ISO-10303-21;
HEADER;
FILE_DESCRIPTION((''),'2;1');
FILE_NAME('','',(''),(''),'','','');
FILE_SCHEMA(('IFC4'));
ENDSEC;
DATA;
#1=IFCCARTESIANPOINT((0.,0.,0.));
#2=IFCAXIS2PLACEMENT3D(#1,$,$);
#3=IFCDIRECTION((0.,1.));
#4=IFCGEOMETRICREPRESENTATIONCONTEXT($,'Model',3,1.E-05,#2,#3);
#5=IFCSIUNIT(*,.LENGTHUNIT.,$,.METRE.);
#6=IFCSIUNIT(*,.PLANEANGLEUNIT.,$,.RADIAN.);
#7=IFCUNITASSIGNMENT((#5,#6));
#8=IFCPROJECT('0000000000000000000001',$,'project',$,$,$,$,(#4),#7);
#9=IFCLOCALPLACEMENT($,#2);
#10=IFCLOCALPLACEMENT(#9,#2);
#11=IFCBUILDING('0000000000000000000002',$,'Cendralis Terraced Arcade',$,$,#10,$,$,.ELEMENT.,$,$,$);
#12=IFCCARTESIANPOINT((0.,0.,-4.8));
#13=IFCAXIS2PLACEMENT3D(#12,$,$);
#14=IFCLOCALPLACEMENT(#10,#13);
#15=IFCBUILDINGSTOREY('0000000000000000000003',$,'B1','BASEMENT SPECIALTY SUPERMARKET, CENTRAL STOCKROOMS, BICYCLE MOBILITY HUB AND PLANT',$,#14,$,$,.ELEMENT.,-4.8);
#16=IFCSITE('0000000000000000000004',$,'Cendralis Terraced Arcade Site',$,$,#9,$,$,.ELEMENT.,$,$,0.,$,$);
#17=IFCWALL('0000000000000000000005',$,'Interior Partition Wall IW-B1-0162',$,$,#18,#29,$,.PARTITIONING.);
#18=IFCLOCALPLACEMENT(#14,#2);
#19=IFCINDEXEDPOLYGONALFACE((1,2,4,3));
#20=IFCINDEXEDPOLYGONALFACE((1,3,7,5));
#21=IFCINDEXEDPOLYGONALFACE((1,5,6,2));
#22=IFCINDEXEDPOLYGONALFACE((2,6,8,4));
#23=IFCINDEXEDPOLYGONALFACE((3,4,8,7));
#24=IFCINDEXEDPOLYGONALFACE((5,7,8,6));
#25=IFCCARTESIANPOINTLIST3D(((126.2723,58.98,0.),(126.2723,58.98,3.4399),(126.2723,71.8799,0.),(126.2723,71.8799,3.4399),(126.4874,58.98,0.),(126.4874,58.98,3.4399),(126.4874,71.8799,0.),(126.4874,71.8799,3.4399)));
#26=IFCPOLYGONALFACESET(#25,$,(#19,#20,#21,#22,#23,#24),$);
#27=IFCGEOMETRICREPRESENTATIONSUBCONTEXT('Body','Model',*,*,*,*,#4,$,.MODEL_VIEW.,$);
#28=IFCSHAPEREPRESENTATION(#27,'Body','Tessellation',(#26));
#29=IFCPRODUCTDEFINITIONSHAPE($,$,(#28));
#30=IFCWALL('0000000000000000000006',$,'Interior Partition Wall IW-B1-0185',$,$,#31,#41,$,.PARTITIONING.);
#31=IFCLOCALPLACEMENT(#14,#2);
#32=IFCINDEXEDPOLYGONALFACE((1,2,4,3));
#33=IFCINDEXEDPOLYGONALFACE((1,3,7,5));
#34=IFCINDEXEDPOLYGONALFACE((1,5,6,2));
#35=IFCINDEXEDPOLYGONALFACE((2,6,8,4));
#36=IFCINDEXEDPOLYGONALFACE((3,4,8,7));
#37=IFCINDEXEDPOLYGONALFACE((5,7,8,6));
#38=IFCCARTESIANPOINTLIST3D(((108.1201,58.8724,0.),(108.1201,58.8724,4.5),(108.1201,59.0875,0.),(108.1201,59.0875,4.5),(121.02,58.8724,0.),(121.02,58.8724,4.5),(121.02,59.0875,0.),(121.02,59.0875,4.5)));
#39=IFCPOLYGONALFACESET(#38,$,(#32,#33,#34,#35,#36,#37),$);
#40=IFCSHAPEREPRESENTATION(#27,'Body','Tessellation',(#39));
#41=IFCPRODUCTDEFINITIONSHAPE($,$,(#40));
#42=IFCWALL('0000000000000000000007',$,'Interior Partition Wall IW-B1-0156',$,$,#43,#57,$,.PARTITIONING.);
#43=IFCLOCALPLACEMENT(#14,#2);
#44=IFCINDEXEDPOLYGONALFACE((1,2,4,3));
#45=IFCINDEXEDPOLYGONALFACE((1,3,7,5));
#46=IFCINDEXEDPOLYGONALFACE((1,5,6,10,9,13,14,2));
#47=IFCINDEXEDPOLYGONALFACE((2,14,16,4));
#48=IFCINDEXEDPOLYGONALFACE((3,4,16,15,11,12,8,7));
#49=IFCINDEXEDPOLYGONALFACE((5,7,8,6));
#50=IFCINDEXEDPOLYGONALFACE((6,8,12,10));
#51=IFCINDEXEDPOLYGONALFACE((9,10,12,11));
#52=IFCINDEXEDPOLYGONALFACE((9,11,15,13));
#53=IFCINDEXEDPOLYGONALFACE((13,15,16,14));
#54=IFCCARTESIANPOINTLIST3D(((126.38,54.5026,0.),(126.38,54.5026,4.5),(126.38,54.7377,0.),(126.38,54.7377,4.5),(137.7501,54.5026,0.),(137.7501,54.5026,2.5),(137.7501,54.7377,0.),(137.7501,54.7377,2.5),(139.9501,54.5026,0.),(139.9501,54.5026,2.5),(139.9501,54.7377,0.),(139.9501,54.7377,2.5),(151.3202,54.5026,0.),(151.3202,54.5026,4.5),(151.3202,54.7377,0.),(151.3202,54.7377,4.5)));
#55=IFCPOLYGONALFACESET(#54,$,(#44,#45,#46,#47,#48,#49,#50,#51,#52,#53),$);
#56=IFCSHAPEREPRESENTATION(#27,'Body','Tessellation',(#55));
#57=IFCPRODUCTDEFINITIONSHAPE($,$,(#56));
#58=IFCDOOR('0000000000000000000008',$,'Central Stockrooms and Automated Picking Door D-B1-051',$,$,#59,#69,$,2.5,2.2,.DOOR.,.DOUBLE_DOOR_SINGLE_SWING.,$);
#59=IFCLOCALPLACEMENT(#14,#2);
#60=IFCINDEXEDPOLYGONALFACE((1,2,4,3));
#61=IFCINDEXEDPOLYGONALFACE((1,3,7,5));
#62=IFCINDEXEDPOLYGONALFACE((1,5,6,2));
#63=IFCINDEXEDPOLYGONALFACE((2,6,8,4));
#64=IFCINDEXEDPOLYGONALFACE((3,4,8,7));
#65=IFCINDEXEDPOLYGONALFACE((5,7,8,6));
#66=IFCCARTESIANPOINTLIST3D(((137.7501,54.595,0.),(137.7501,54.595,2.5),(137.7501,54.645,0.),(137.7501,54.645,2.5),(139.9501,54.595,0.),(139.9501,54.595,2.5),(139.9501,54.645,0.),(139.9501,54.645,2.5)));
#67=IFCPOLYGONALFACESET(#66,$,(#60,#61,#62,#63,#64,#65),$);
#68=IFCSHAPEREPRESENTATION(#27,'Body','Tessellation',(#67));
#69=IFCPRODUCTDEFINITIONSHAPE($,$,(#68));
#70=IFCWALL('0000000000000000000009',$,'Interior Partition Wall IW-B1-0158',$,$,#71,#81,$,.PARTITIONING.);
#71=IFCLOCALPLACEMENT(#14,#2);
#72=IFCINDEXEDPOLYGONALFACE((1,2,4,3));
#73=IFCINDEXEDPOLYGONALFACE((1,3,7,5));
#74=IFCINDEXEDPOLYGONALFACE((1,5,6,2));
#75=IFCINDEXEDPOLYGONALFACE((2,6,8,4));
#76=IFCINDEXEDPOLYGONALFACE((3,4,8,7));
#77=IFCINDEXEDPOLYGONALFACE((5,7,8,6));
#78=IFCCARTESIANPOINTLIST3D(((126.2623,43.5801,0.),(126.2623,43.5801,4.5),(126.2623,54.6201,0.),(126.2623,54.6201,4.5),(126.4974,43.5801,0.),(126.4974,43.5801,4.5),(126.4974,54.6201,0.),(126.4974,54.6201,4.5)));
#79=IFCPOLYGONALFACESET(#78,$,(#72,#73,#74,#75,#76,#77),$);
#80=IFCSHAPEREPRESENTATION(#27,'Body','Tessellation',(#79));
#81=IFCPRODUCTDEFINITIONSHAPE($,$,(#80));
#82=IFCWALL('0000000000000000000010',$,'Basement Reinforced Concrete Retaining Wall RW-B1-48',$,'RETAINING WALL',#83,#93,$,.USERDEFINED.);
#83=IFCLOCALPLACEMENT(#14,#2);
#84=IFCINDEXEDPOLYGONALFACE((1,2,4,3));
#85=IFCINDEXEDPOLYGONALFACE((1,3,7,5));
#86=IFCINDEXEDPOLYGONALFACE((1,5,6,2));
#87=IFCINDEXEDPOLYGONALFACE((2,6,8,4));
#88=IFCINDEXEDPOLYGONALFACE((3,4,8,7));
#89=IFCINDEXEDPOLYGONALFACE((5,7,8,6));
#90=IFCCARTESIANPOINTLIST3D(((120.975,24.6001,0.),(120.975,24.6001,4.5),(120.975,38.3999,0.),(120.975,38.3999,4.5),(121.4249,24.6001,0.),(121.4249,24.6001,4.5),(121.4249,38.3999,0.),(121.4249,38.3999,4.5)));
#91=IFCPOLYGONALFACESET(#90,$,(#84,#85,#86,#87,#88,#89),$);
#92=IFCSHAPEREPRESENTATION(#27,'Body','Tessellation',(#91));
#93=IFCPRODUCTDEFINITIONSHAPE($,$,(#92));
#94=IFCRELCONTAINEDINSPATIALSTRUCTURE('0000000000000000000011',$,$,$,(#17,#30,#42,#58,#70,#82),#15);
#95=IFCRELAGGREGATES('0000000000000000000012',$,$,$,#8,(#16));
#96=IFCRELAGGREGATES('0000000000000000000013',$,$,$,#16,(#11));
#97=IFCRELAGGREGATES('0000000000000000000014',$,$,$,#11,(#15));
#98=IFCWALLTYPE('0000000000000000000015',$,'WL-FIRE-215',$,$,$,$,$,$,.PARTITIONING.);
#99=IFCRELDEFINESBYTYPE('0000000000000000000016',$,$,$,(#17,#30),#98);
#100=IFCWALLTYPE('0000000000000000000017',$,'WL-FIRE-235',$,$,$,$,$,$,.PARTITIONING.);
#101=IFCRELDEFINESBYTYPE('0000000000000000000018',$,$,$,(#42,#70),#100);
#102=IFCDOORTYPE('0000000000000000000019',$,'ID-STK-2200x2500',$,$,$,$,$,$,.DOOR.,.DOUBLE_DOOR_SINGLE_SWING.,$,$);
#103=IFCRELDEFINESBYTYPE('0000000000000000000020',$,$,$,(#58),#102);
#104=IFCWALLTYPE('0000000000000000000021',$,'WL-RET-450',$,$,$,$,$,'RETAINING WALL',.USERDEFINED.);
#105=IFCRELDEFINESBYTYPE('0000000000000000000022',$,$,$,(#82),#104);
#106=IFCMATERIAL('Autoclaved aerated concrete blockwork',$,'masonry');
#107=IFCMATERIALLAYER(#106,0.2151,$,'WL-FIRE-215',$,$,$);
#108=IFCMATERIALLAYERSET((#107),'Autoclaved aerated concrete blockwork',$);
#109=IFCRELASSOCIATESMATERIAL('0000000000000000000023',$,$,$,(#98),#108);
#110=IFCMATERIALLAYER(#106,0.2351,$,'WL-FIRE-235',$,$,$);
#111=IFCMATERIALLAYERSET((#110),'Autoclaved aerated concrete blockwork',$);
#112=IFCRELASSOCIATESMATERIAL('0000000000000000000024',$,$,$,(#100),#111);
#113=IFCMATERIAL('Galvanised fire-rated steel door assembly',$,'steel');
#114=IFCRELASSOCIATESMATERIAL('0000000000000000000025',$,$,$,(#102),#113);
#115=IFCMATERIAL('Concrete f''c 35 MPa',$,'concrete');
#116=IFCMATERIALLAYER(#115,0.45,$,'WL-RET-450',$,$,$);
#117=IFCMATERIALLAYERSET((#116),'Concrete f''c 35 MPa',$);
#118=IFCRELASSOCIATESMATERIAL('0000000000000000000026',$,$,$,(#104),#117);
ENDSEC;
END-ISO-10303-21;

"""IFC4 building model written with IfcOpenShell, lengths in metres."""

from ifc_helpers import new_model, si_unit, direction, frame, frame_2d, origin, place, context, subcontext, project, spatial, rectangle, extrude, material, layer, layer_set, type_object, element, fill, save


model = new_model("IFC4")

# Units and contexts
model_context = context("Model", 3, precision=1e-05, world=origin(), true_north=direction((0.0, 1.0)))
body_context = subcontext(model_context, "Body", "Model", "MODEL_VIEW")
ifc_project = project(units=[si_unit("LENGTHUNIT", "METRE"), si_unit("PLANEANGLEUNIT", "RADIAN")], contexts=[model_context])

# Site, building, storey
site_placement = place(None, origin())
site = spatial("IfcSite", under=ifc_project, at=site_placement, Name="Cendralis Terraced Arcade Site", CompositionType="ELEMENT", RefElevation=0.0)
building_placement = place(site_placement, origin())
building = spatial("IfcBuilding", under=site, at=building_placement, Name="Cendralis Terraced Arcade", CompositionType="ELEMENT")
storey_placement = place(building_placement, frame((0.0, 0.0, -4.8)))
storey = spatial("IfcBuildingStorey", under=building, at=storey_placement, Name="B1", Description="BASEMENT SPECIALTY SUPERMARKET, CENTRAL STOCKROOMS, BICYCLE MOBILITY HUB AND PLANT", CompositionType="ELEMENT", Elevation=-4.8)

# Shared definitions
ifc_material_1 = material(Name="Concrete f'c 35 MPa", Category="concrete")

# Walls
ifc_material_2 = material(Name="Autoclaved aerated concrete blockwork", Category="masonry")
ifc_layer_1 = layer(ifc_material_2, 0.2151, Name="WL-FIRE-215")
ifc_layer_set_1 = layer_set([ifc_layer_1], Name="Autoclaved aerated concrete blockwork")
wall_type_1 = type_object("IfcWallType", Name="WL-FIRE-215", PredefinedType="PARTITIONING", material=ifc_layer_set_1)
wall_1_placement = place(storey_placement, frame((126.3799, 58.98, 0.0), z_axis=(0.0, 0.0, 1.0), x_axis=(0.0, 1.0, 0.0)))
element("IfcWall", 1, at=wall_1_placement, inside=storey, type_object=wall_type_1, Name="Interior Partition Wall IW-B1-0162", PredefinedType="PARTITIONING", context=body_context, shape_type="SweptSolid", body=[
    extrude(rectangle(XDim=12.8999, YDim=0.2151, at=frame_2d((6.45, 0.0))), origin(), (0.0, 0.0, 1.0), 3.4399),
])
wall_2_placement = place(storey_placement, frame((121.02, 58.98, 0.0), z_axis=(0.0, 0.0, 1.0), x_axis=(-1.0, 0.0, 0.0)))
element("IfcWall", 2, at=wall_2_placement, inside=storey, type_object=wall_type_1, Name="Interior Partition Wall IW-B1-0185", PredefinedType="PARTITIONING", context=body_context, shape_type="SweptSolid", body=[
    extrude(rectangle(XDim=12.8999, YDim=0.2151, at=frame_2d((6.45, 0.0))), origin(), (0.0, 0.0, 1.0), 4.5),
])

# Wall, opening, door
ifc_layer_2 = layer(ifc_material_2, 0.2351, Name="WL-FIRE-235")
ifc_layer_set_2 = layer_set([ifc_layer_2], Name="Autoclaved aerated concrete blockwork")
wall_type_2 = type_object("IfcWallType", Name="WL-FIRE-235", PredefinedType="PARTITIONING", material=ifc_layer_set_2)
wall_3_placement = place(storey_placement, frame((126.3799, 54.6201, 0.0), z_axis=(0.0, 0.0, 1.0), x_axis=(1.0, 0.0, 0.0)))
wall_3 = element("IfcWall", 3, at=wall_3_placement, inside=storey, type_object=wall_type_2, Name="Interior Partition Wall IW-B1-0156", PredefinedType="PARTITIONING", context=body_context, shape_type="SweptSolid", body=[
    extrude(rectangle(XDim=24.9402, YDim=0.2351, at=frame_2d((12.4702, 0.0))), origin(), (0.0, 0.0, 1.0), 4.5),
])
opening_placement = place(wall_3_placement, frame((11.3701, 0.0, 0.0)))
opening = element("IfcOpeningElement", 4, at=opening_placement, cuts=wall_3, PredefinedType="OPENING", context=body_context, shape_type="SweptSolid", body=[
    extrude(rectangle(XDim=2.2, YDim=2.5, at=frame_2d((1.1001, 1.25))), frame((0.0, 0.1294, 0.0), z_axis=(0.0, -1.0, 0.0), x_axis=(1.0, 0.0, 0.0)), (0.0, 0.0, 1.0), 0.259),
])
ifc_material_3 = material(Name="Galvanised fire-rated steel door assembly", Category="steel")
door_type = type_object("IfcDoorType", Name="ID-STK-2200x2500", OperationType="DOUBLE_DOOR_SINGLE_SWING", PredefinedType="DOOR", material=ifc_material_3)
door_placement = place(opening_placement, origin())
door = element("IfcDoor", 5, at=door_placement, inside=storey, type_object=door_type, Name="Central Stockrooms and Automated Picking Door D-B1-051", OperationType="DOUBLE_DOOR_SINGLE_SWING", OverallHeight=2.5, OverallWidth=2.2, PredefinedType="DOOR", context=body_context, shape_type="SweptSolid", body=[
    extrude(rectangle(XDim=2.2, YDim=2.5, at=frame_2d((1.1001, 1.25))), frame((0.0, 0.0249, 0.0), z_axis=(0.0, -1.0, 0.0), x_axis=(1.0, 0.0, 0.0)), (0.0, 0.0, 1.0), 0.05),
])
fill(opening, door)

# Walls
wall_4_placement = place(storey_placement, frame((126.3799, 43.5801, 0.0), z_axis=(0.0, 0.0, 1.0), x_axis=(0.0, 1.0, 0.0)))
element("IfcWall", 6, at=wall_4_placement, inside=storey, type_object=wall_type_2, Name="Interior Partition Wall IW-B1-0158", PredefinedType="PARTITIONING", context=body_context, shape_type="SweptSolid", body=[
    extrude(rectangle(XDim=11.04, YDim=0.2351, at=frame_2d((5.52, 0.0))), origin(), (0.0, 0.0, 1.0), 4.5),
])
ifc_layer_3 = layer(ifc_material_1, 0.45, Name="WL-RET-450")
ifc_layer_set_3 = layer_set([ifc_layer_3], Name="Concrete f'c 35 MPa")
wall_type_3 = type_object("IfcWallType", Name="WL-RET-450", ElementType="RETAINING WALL", PredefinedType="USERDEFINED", material=ifc_layer_set_3)
wall_5_placement = place(storey_placement, frame((121.2, 38.3999, 0.0), z_axis=(0.0, 0.0, 1.0), x_axis=(0.0, -1.0, 0.0)))
element("IfcWall", 7, at=wall_5_placement, inside=storey, type_object=wall_type_3, Name="Basement Reinforced Concrete Retaining Wall RW-B1-48", ObjectType="RETAINING WALL", PredefinedType="USERDEFINED", context=body_context, shape_type="SweptSolid", body=[
    extrude(rectangle(XDim=13.7998, YDim=0.45, at=frame_2d((6.8999, 0.0))), origin(), (0.0, 0.0, 1.0), 4.5),
])

save(model, "model.ifc")
